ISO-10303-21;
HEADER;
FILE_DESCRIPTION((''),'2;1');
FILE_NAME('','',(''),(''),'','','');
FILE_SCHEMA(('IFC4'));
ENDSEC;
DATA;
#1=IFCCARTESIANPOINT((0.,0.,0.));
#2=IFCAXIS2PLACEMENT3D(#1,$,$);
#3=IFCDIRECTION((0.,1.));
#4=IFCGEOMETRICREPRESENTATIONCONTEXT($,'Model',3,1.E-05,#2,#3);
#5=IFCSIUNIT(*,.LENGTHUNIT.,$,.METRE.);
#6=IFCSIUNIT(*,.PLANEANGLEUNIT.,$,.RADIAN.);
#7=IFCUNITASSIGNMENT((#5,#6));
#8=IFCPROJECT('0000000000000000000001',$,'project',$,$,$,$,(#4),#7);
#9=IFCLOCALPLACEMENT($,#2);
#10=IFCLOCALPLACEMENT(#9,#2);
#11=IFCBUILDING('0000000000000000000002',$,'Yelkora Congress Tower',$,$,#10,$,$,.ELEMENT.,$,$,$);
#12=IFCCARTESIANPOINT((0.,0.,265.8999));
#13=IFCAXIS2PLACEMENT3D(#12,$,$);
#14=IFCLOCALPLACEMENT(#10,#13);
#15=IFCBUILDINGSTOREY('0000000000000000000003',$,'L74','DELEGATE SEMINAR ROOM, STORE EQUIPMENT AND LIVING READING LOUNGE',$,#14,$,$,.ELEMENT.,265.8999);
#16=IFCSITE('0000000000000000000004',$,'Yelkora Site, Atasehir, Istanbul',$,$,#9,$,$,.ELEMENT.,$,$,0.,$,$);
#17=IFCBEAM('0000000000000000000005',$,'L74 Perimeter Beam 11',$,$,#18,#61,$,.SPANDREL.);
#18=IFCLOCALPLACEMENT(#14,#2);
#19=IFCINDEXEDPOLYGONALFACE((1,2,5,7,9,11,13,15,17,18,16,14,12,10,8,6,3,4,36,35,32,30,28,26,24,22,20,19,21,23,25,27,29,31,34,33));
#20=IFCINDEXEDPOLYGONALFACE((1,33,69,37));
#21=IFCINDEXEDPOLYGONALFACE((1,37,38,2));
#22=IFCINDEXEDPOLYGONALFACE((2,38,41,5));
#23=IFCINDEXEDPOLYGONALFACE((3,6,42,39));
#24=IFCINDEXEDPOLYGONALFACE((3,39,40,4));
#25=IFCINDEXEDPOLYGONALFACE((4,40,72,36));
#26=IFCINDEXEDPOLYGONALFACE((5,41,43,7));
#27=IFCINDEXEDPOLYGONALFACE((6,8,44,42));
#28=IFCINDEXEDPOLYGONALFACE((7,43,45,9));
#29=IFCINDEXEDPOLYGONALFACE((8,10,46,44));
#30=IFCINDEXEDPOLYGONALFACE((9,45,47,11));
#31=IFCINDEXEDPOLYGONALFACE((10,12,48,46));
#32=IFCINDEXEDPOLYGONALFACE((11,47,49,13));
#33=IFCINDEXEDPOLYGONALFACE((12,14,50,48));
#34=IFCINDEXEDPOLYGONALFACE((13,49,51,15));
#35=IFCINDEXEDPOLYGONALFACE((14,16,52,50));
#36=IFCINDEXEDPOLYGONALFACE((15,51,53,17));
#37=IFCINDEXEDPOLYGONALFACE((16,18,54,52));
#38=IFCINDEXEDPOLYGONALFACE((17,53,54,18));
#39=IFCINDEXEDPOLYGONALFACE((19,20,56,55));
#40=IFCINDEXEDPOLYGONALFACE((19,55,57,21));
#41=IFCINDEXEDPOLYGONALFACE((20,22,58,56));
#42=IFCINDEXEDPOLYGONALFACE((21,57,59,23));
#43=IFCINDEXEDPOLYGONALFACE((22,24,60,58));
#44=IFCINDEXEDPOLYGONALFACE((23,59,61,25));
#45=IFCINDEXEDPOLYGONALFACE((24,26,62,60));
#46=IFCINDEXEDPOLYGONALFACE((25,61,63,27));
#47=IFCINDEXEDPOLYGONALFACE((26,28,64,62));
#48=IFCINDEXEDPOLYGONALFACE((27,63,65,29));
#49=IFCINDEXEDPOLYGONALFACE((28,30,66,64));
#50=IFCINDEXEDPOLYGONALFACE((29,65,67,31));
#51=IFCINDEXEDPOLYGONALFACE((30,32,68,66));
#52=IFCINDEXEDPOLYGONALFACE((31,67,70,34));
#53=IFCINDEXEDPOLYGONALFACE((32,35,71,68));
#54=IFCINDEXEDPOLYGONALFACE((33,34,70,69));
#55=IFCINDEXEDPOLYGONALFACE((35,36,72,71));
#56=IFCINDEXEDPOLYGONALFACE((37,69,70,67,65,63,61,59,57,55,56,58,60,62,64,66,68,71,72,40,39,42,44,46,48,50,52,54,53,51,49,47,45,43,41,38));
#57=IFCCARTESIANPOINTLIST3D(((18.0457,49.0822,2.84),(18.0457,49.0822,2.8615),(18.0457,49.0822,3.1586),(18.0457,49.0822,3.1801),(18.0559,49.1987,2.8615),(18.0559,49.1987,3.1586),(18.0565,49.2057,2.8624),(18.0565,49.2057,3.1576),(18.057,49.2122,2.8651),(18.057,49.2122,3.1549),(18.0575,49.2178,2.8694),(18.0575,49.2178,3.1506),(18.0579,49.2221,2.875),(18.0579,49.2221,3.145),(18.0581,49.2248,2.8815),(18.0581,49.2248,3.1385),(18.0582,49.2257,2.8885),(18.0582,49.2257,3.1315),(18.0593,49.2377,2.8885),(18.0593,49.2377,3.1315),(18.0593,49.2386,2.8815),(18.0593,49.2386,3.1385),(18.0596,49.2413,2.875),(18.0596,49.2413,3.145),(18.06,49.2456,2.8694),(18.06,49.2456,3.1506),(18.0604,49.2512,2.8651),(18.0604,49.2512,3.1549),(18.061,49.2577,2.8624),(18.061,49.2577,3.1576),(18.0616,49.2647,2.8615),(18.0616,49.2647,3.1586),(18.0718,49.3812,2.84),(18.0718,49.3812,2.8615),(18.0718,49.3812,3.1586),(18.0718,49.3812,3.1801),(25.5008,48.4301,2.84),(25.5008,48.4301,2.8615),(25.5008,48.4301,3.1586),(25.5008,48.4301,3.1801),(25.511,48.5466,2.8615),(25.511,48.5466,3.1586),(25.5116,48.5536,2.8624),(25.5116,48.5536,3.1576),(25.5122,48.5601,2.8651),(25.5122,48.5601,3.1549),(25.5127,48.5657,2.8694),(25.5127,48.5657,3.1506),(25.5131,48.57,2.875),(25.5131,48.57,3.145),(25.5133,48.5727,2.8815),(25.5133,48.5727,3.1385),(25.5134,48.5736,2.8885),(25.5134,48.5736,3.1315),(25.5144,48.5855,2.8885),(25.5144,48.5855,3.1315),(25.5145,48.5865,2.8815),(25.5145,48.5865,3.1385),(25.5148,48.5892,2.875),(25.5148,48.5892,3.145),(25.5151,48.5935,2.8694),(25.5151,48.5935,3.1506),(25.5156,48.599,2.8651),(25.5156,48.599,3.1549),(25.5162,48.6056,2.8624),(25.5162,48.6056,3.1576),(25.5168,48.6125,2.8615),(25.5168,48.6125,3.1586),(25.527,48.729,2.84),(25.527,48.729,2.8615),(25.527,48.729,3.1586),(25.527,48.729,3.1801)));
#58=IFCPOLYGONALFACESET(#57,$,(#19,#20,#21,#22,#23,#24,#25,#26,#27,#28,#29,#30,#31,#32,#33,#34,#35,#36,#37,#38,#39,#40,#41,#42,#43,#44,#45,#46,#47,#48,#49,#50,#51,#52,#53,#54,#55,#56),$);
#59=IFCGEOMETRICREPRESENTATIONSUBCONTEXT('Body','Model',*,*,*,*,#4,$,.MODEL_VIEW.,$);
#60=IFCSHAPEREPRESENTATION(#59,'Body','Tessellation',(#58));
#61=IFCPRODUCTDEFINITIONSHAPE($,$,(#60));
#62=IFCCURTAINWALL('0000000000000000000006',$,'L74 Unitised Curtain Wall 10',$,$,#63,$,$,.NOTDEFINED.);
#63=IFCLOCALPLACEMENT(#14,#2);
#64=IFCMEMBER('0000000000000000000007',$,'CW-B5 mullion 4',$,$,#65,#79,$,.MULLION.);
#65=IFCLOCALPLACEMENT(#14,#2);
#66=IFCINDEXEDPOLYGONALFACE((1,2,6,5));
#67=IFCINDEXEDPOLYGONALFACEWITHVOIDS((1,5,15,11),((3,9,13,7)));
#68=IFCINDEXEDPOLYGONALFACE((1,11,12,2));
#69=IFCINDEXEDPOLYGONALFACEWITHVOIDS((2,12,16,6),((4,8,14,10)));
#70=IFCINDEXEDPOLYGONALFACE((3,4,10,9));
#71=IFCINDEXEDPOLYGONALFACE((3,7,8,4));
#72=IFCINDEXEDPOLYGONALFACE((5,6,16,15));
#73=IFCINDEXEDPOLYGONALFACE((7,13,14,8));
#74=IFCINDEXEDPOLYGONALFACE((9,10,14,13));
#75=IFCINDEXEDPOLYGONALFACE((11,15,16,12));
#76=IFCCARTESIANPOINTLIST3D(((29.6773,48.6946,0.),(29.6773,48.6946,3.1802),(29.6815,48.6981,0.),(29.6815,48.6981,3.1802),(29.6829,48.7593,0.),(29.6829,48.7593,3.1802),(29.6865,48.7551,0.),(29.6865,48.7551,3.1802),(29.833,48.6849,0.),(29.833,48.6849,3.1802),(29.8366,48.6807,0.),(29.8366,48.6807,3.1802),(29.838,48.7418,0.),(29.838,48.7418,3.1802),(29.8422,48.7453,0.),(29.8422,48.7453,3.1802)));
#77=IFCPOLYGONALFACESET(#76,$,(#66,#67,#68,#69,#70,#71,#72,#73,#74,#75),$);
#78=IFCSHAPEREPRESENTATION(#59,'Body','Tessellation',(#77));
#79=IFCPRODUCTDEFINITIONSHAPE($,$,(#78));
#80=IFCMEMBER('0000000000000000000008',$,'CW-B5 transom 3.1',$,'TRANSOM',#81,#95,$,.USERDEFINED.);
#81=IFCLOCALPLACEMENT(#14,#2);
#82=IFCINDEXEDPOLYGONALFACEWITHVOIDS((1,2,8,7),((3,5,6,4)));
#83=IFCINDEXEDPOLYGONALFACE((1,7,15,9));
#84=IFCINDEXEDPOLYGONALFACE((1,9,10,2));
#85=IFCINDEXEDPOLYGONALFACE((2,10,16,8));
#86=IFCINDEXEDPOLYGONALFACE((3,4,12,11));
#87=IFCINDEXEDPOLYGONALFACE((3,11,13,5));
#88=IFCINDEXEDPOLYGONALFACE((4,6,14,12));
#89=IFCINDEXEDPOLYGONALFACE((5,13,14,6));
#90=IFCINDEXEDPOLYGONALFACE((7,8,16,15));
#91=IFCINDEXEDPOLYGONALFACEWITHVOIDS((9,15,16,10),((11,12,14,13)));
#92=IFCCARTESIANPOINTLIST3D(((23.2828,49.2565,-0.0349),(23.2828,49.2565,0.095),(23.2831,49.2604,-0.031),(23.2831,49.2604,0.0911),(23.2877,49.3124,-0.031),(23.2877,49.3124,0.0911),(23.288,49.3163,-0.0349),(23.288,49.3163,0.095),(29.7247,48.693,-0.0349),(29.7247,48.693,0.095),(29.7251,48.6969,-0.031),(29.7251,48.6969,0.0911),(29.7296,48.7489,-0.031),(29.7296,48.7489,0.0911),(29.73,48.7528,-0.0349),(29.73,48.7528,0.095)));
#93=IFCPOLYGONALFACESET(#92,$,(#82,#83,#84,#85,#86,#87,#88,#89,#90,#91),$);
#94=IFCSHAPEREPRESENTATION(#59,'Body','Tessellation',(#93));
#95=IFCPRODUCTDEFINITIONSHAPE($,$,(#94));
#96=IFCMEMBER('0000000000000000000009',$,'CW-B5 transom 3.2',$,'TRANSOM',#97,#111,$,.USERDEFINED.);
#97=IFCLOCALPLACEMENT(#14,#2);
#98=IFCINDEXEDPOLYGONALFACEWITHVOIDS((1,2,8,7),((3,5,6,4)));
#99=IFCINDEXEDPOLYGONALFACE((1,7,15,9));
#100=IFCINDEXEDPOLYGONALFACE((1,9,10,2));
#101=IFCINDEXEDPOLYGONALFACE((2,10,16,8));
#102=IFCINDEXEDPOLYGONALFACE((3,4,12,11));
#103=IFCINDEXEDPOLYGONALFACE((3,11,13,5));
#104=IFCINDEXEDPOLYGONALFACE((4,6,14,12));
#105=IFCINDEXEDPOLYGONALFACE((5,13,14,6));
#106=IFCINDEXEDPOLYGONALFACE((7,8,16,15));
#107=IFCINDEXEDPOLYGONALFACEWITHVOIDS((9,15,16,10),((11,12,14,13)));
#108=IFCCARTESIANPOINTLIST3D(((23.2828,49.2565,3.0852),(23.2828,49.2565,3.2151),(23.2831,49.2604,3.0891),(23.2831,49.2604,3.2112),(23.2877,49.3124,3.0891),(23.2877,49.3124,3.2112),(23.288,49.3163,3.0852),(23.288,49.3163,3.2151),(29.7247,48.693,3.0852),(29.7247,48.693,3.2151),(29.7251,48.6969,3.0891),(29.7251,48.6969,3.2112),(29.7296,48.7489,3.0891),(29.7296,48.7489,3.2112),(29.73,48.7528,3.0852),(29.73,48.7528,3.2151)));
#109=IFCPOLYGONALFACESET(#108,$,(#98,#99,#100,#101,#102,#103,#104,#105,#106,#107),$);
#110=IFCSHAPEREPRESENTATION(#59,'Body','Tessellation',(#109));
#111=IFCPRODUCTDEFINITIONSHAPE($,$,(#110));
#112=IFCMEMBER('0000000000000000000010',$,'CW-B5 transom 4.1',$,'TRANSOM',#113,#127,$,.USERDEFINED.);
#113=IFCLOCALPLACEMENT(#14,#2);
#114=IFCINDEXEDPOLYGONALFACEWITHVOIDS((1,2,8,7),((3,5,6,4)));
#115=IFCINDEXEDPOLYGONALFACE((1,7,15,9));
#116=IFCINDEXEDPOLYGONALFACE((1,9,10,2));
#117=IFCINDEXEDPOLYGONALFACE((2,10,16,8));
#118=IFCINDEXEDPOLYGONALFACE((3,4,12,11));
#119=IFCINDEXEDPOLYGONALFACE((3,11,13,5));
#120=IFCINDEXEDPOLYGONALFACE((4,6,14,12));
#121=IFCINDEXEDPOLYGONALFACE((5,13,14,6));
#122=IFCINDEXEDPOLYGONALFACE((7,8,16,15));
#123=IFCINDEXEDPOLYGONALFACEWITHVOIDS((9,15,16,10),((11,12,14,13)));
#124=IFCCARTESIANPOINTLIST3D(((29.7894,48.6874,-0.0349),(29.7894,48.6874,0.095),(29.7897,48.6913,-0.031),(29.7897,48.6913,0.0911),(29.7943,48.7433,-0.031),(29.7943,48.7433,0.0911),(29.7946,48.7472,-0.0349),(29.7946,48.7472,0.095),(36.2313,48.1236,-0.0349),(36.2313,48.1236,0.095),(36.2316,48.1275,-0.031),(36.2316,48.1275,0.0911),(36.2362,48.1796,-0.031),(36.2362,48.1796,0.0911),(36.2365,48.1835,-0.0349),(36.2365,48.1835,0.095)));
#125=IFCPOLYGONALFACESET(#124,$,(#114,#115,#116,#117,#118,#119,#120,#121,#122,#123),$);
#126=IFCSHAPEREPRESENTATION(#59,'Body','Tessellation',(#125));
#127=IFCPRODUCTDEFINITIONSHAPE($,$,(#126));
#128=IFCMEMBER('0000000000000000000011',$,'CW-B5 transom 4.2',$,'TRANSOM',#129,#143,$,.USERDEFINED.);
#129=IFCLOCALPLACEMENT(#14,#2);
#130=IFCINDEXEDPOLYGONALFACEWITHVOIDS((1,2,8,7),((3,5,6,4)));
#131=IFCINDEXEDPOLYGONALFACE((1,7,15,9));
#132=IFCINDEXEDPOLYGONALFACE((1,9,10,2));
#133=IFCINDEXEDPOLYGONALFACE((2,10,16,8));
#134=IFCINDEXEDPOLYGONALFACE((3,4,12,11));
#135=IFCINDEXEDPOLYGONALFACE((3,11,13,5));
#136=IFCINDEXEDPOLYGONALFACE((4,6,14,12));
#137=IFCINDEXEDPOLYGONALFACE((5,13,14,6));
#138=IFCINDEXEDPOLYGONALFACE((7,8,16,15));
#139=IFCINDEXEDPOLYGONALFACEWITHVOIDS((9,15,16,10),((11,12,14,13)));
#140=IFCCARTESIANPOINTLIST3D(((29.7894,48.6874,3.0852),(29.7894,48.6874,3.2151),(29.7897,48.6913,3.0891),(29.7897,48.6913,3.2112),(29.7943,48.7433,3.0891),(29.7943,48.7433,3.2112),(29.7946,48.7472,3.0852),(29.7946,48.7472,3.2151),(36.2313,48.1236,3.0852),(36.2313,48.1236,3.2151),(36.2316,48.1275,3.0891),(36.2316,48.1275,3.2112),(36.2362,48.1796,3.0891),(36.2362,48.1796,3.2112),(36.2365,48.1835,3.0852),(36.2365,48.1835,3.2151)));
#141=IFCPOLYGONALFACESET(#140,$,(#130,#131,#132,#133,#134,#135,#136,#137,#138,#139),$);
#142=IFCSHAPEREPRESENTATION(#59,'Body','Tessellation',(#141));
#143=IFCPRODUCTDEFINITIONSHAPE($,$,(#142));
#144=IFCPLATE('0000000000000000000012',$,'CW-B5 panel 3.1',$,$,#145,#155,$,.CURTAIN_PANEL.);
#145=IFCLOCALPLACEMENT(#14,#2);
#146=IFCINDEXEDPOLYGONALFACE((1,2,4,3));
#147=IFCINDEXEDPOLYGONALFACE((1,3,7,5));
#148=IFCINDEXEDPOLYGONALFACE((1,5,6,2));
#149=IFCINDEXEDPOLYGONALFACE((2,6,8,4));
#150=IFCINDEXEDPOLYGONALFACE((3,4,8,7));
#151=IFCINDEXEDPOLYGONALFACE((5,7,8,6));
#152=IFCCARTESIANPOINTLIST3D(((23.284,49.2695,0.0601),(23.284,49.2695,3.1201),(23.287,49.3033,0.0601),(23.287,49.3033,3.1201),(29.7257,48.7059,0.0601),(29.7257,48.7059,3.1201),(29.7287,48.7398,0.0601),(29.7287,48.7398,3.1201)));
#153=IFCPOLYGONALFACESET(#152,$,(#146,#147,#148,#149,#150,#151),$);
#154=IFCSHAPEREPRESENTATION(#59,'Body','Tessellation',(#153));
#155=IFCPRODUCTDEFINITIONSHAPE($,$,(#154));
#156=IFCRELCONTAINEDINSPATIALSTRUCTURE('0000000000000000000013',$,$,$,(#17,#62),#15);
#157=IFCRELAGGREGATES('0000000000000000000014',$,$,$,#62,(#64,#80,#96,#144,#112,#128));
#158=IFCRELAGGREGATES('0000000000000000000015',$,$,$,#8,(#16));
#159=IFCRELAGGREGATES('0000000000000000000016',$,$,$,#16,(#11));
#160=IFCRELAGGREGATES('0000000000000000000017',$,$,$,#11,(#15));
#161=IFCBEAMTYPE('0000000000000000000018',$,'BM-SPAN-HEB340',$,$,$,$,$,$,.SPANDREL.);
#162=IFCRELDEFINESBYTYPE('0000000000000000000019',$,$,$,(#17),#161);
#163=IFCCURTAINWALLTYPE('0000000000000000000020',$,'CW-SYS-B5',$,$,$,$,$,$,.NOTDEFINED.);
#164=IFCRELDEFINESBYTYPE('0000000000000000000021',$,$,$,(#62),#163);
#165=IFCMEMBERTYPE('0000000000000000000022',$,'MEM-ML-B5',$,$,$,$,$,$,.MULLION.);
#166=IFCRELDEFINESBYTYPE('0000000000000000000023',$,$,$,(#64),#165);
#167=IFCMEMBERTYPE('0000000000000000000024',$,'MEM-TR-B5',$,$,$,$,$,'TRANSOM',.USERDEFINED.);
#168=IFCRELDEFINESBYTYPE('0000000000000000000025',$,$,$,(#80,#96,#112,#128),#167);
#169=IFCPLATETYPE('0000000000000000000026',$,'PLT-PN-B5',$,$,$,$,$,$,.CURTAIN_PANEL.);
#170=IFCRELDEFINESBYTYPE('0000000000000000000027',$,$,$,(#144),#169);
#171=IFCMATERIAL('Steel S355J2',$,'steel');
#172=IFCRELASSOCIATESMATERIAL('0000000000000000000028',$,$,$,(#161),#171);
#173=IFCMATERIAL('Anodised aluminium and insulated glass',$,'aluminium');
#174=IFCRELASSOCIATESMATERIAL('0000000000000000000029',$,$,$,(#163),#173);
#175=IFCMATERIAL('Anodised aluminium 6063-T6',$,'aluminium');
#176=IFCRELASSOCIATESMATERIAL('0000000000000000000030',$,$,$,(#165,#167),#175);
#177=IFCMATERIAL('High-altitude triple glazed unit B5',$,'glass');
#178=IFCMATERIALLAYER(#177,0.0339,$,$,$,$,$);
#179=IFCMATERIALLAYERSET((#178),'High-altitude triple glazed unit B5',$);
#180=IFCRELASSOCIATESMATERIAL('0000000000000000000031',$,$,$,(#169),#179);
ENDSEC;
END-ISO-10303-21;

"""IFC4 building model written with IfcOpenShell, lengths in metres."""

from ifc_helpers import new_model, si_unit, direction, frame, origin, origin_2d, place, context, subcontext, project, spatial, rectangle, hollow_rectangle, i_section, extrude, material, layer, layer_set, material_profile, profile_set, type_object, element, aggregate, save


model = new_model("IFC4")

# Units and contexts
model_context = context("Model", 3, precision=1e-05, world=origin(), true_north=direction((0.0, 1.0)))
body_context = subcontext(model_context, "Body", "Model", "MODEL_VIEW")
ifc_project = project(units=[si_unit("LENGTHUNIT", "METRE"), si_unit("PLANEANGLEUNIT", "RADIAN")], contexts=[model_context])

# Site, building, storey
site_placement = place(None, origin())
site = spatial("IfcSite", under=ifc_project, at=site_placement, Name="Yelkora Site, Atasehir, Istanbul", CompositionType="ELEMENT", RefElevation=0.0)
building_placement = place(site_placement, origin())
building = spatial("IfcBuilding", under=site, at=building_placement, Name="Yelkora Congress Tower", CompositionType="ELEMENT")
storey_placement = place(building_placement, frame((0.0, 0.0, 265.8999)))
storey = spatial("IfcBuildingStorey", under=building, at=storey_placement, Name="L74", Description="DELEGATE SEMINAR ROOM, STORE EQUIPMENT AND LIVING READING LOUNGE", CompositionType="ELEMENT", Elevation=265.8999)

# Shared definitions
ifc_material_1 = material(Name="Steel S355J2", Category="steel")

# Beam
ifc_material_profile_1 = material_profile(ifc_material_1, i_section(OverallWidth=0.3, OverallDepth=0.3401, WebThickness=0.012, FlangeThickness=0.0215, FilletRadius=0.0271, at=origin_2d()), Name="HEB 340")
ifc_profile_set_1 = profile_set([ifc_material_profile_1], Name="Steel S355J2")
beam_type_1 = type_object("IfcBeamType", Name="BM-SPAN-HEB340", PredefinedType="SPANDREL", material=ifc_profile_set_1)
beam_1_placement = place(storey_placement, frame((25.5139, 48.5796, 3.01), z_axis=(-0.996196, 0.087138, 0.0), x_axis=(-0.087138, -0.996196, 0.0)))
element("IfcBeam", 1, at=beam_1_placement, inside=storey, type_object=beam_type_1, Name="L74 Perimeter Beam 11", PredefinedType="SPANDREL", context=body_context, shape_type="SweptSolid", body=[
    extrude(i_section(OverallWidth=0.3, OverallDepth=0.3401, WebThickness=0.012, FlangeThickness=0.0215, FilletRadius=0.0271, at=origin_2d()), origin(), (0.0, 0.0, 1.0), 7.4836),
])

# Curtain wall, members, plate
ifc_material_2 = material(Name="Anodised aluminium and insulated glass", Category="aluminium")
curtain_wall_type = type_object("IfcCurtainWallType", Name="CW-SYS-B5", PredefinedType="NOTDEFINED", material=ifc_material_2)
curtain_wall_placement = place(storey_placement, origin())
curtain_wall = element("IfcCurtainWall", 2, at=curtain_wall_placement, inside=storey, type_object=curtain_wall_type, Name="L74 Unitised Curtain Wall 10", PredefinedType="NOTDEFINED")
ifc_material_3 = material(Name="Anodised aluminium 6063-T6", Category="aluminium")
ifc_material_profile_2 = material_profile(ifc_material_3, hollow_rectangle(XDim=0.0649, YDim=0.1599, WallThickness=0.0039, at=origin_2d()), Name="ALU 65x160x4")
ifc_profile_set_2 = profile_set([ifc_material_profile_2], Name="Anodised aluminium 6063-T6")
member_type_1 = type_object("IfcMemberType", Name="MEM-ML-B5", PredefinedType="MULLION", material=ifc_profile_set_2)
member_1_placement = place(storey_placement, frame((29.7598, 48.72, 0.0), z_axis=(0.0, 0.0, 1.0), x_axis=(0.087157, 0.996195, 0.0)))
member_1 = element("IfcMember", 3, at=member_1_placement, type_object=member_type_1, Name="CW-B5 mullion 4", PredefinedType="MULLION", context=body_context, shape_type="SweptSolid", body=[
    extrude(hollow_rectangle(XDim=0.0649, YDim=0.1599, WallThickness=0.0039, at=origin_2d()), origin(), (0.0, 0.0, 1.0), 3.1802),
])
ifc_material_profile_3 = material_profile(ifc_material_3, hollow_rectangle(XDim=0.0601, YDim=0.1299, WallThickness=0.0039, at=origin_2d()), Name="ALU 60x130x4")
ifc_profile_set_3 = profile_set([ifc_material_profile_3], Name="Anodised aluminium 6063-T6")
member_type_2 = type_object("IfcMemberType", Name="MEM-TR-B5", ElementType="TRANSOM", PredefinedType="USERDEFINED", material=ifc_profile_set_3)
member_2_placement = place(storey_placement, frame((23.2854, 49.2864, 0.03), z_axis=(0.996196, -0.087138, 0.0), x_axis=(0.087138, 0.996196, 0.0)))
member_2 = element("IfcMember", 4, at=member_2_placement, type_object=member_type_2, Name="CW-B5 transom 3.1", ObjectType="TRANSOM", PredefinedType="USERDEFINED", context=body_context, shape_type="SweptSolid", body=[
    extrude(hollow_rectangle(XDim=0.0601, YDim=0.1299, WallThickness=0.0039, at=origin_2d()), origin(), (0.0, 0.0, 1.0), 6.4666),
])
member_3_placement = place(storey_placement, frame((23.2854, 49.2864, 3.1501), z_axis=(0.996196, -0.087138, 0.0), x_axis=(0.087138, 0.996196, 0.0)))
member_3 = element("IfcMember", 5, at=member_3_placement, type_object=member_type_2, Name="CW-B5 transom 3.2", ObjectType="TRANSOM", PredefinedType="USERDEFINED", context=body_context, shape_type="SweptSolid", body=[
    extrude(hollow_rectangle(XDim=0.0601, YDim=0.1299, WallThickness=0.0039, at=origin_2d()), origin(), (0.0, 0.0, 1.0), 6.4666),
])
member_4_placement = place(storey_placement, frame((29.792, 48.7173, 0.03), z_axis=(0.996193, -0.087175, 0.0), x_axis=(0.087175, 0.996193, 0.0)))
member_4 = element("IfcMember", 6, at=member_4_placement, type_object=member_type_2, Name="CW-B5 transom 4.1", ObjectType="TRANSOM", PredefinedType="USERDEFINED", context=body_context, shape_type="SweptSolid", body=[
    extrude(hollow_rectangle(XDim=0.0601, YDim=0.1299, WallThickness=0.0039, at=origin_2d()), origin(), (0.0, 0.0, 1.0), 6.4666),
])
member_5_placement = place(storey_placement, frame((29.792, 48.7173, 3.1501), z_axis=(0.996193, -0.087175, 0.0), x_axis=(0.087175, 0.996193, 0.0)))
member_5 = element("IfcMember", 7, at=member_5_placement, type_object=member_type_2, Name="CW-B5 transom 4.2", ObjectType="TRANSOM", PredefinedType="USERDEFINED", context=body_context, shape_type="SweptSolid", body=[
    extrude(hollow_rectangle(XDim=0.0601, YDim=0.1299, WallThickness=0.0039, at=origin_2d()), origin(), (0.0, 0.0, 1.0), 6.4666),
])
ifc_material_4 = material(Name="High-altitude triple glazed unit B5", Category="glass")
ifc_layer_1 = layer(ifc_material_4, 0.0339)
ifc_layer_set_1 = layer_set([ifc_layer_1], Name="High-altitude triple glazed unit B5")
plate_type = type_object("IfcPlateType", Name="PLT-PN-B5", PredefinedType="CURTAIN_PANEL", material=ifc_layer_set_1)
plate_placement = place(storey_placement, frame((26.5063, 49.0046, 0.0601), z_axis=(0.0, 0.0, 1.0), x_axis=(0.996195, -0.087157, 0.0)))
plate = element("IfcPlate", 8, at=plate_placement, type_object=plate_type, Name="CW-B5 panel 3.1", PredefinedType="CURTAIN_PANEL", context=body_context, shape_type="SweptSolid", body=[
    extrude(rectangle(XDim=6.4663, YDim=0.0339, at=origin_2d()), origin(), (0.0, 0.0, 1.0), 3.0601),
])
aggregate(curtain_wall, [member_1, member_2, member_3, plate, member_4, member_5])

save(model, "model.ifc")
